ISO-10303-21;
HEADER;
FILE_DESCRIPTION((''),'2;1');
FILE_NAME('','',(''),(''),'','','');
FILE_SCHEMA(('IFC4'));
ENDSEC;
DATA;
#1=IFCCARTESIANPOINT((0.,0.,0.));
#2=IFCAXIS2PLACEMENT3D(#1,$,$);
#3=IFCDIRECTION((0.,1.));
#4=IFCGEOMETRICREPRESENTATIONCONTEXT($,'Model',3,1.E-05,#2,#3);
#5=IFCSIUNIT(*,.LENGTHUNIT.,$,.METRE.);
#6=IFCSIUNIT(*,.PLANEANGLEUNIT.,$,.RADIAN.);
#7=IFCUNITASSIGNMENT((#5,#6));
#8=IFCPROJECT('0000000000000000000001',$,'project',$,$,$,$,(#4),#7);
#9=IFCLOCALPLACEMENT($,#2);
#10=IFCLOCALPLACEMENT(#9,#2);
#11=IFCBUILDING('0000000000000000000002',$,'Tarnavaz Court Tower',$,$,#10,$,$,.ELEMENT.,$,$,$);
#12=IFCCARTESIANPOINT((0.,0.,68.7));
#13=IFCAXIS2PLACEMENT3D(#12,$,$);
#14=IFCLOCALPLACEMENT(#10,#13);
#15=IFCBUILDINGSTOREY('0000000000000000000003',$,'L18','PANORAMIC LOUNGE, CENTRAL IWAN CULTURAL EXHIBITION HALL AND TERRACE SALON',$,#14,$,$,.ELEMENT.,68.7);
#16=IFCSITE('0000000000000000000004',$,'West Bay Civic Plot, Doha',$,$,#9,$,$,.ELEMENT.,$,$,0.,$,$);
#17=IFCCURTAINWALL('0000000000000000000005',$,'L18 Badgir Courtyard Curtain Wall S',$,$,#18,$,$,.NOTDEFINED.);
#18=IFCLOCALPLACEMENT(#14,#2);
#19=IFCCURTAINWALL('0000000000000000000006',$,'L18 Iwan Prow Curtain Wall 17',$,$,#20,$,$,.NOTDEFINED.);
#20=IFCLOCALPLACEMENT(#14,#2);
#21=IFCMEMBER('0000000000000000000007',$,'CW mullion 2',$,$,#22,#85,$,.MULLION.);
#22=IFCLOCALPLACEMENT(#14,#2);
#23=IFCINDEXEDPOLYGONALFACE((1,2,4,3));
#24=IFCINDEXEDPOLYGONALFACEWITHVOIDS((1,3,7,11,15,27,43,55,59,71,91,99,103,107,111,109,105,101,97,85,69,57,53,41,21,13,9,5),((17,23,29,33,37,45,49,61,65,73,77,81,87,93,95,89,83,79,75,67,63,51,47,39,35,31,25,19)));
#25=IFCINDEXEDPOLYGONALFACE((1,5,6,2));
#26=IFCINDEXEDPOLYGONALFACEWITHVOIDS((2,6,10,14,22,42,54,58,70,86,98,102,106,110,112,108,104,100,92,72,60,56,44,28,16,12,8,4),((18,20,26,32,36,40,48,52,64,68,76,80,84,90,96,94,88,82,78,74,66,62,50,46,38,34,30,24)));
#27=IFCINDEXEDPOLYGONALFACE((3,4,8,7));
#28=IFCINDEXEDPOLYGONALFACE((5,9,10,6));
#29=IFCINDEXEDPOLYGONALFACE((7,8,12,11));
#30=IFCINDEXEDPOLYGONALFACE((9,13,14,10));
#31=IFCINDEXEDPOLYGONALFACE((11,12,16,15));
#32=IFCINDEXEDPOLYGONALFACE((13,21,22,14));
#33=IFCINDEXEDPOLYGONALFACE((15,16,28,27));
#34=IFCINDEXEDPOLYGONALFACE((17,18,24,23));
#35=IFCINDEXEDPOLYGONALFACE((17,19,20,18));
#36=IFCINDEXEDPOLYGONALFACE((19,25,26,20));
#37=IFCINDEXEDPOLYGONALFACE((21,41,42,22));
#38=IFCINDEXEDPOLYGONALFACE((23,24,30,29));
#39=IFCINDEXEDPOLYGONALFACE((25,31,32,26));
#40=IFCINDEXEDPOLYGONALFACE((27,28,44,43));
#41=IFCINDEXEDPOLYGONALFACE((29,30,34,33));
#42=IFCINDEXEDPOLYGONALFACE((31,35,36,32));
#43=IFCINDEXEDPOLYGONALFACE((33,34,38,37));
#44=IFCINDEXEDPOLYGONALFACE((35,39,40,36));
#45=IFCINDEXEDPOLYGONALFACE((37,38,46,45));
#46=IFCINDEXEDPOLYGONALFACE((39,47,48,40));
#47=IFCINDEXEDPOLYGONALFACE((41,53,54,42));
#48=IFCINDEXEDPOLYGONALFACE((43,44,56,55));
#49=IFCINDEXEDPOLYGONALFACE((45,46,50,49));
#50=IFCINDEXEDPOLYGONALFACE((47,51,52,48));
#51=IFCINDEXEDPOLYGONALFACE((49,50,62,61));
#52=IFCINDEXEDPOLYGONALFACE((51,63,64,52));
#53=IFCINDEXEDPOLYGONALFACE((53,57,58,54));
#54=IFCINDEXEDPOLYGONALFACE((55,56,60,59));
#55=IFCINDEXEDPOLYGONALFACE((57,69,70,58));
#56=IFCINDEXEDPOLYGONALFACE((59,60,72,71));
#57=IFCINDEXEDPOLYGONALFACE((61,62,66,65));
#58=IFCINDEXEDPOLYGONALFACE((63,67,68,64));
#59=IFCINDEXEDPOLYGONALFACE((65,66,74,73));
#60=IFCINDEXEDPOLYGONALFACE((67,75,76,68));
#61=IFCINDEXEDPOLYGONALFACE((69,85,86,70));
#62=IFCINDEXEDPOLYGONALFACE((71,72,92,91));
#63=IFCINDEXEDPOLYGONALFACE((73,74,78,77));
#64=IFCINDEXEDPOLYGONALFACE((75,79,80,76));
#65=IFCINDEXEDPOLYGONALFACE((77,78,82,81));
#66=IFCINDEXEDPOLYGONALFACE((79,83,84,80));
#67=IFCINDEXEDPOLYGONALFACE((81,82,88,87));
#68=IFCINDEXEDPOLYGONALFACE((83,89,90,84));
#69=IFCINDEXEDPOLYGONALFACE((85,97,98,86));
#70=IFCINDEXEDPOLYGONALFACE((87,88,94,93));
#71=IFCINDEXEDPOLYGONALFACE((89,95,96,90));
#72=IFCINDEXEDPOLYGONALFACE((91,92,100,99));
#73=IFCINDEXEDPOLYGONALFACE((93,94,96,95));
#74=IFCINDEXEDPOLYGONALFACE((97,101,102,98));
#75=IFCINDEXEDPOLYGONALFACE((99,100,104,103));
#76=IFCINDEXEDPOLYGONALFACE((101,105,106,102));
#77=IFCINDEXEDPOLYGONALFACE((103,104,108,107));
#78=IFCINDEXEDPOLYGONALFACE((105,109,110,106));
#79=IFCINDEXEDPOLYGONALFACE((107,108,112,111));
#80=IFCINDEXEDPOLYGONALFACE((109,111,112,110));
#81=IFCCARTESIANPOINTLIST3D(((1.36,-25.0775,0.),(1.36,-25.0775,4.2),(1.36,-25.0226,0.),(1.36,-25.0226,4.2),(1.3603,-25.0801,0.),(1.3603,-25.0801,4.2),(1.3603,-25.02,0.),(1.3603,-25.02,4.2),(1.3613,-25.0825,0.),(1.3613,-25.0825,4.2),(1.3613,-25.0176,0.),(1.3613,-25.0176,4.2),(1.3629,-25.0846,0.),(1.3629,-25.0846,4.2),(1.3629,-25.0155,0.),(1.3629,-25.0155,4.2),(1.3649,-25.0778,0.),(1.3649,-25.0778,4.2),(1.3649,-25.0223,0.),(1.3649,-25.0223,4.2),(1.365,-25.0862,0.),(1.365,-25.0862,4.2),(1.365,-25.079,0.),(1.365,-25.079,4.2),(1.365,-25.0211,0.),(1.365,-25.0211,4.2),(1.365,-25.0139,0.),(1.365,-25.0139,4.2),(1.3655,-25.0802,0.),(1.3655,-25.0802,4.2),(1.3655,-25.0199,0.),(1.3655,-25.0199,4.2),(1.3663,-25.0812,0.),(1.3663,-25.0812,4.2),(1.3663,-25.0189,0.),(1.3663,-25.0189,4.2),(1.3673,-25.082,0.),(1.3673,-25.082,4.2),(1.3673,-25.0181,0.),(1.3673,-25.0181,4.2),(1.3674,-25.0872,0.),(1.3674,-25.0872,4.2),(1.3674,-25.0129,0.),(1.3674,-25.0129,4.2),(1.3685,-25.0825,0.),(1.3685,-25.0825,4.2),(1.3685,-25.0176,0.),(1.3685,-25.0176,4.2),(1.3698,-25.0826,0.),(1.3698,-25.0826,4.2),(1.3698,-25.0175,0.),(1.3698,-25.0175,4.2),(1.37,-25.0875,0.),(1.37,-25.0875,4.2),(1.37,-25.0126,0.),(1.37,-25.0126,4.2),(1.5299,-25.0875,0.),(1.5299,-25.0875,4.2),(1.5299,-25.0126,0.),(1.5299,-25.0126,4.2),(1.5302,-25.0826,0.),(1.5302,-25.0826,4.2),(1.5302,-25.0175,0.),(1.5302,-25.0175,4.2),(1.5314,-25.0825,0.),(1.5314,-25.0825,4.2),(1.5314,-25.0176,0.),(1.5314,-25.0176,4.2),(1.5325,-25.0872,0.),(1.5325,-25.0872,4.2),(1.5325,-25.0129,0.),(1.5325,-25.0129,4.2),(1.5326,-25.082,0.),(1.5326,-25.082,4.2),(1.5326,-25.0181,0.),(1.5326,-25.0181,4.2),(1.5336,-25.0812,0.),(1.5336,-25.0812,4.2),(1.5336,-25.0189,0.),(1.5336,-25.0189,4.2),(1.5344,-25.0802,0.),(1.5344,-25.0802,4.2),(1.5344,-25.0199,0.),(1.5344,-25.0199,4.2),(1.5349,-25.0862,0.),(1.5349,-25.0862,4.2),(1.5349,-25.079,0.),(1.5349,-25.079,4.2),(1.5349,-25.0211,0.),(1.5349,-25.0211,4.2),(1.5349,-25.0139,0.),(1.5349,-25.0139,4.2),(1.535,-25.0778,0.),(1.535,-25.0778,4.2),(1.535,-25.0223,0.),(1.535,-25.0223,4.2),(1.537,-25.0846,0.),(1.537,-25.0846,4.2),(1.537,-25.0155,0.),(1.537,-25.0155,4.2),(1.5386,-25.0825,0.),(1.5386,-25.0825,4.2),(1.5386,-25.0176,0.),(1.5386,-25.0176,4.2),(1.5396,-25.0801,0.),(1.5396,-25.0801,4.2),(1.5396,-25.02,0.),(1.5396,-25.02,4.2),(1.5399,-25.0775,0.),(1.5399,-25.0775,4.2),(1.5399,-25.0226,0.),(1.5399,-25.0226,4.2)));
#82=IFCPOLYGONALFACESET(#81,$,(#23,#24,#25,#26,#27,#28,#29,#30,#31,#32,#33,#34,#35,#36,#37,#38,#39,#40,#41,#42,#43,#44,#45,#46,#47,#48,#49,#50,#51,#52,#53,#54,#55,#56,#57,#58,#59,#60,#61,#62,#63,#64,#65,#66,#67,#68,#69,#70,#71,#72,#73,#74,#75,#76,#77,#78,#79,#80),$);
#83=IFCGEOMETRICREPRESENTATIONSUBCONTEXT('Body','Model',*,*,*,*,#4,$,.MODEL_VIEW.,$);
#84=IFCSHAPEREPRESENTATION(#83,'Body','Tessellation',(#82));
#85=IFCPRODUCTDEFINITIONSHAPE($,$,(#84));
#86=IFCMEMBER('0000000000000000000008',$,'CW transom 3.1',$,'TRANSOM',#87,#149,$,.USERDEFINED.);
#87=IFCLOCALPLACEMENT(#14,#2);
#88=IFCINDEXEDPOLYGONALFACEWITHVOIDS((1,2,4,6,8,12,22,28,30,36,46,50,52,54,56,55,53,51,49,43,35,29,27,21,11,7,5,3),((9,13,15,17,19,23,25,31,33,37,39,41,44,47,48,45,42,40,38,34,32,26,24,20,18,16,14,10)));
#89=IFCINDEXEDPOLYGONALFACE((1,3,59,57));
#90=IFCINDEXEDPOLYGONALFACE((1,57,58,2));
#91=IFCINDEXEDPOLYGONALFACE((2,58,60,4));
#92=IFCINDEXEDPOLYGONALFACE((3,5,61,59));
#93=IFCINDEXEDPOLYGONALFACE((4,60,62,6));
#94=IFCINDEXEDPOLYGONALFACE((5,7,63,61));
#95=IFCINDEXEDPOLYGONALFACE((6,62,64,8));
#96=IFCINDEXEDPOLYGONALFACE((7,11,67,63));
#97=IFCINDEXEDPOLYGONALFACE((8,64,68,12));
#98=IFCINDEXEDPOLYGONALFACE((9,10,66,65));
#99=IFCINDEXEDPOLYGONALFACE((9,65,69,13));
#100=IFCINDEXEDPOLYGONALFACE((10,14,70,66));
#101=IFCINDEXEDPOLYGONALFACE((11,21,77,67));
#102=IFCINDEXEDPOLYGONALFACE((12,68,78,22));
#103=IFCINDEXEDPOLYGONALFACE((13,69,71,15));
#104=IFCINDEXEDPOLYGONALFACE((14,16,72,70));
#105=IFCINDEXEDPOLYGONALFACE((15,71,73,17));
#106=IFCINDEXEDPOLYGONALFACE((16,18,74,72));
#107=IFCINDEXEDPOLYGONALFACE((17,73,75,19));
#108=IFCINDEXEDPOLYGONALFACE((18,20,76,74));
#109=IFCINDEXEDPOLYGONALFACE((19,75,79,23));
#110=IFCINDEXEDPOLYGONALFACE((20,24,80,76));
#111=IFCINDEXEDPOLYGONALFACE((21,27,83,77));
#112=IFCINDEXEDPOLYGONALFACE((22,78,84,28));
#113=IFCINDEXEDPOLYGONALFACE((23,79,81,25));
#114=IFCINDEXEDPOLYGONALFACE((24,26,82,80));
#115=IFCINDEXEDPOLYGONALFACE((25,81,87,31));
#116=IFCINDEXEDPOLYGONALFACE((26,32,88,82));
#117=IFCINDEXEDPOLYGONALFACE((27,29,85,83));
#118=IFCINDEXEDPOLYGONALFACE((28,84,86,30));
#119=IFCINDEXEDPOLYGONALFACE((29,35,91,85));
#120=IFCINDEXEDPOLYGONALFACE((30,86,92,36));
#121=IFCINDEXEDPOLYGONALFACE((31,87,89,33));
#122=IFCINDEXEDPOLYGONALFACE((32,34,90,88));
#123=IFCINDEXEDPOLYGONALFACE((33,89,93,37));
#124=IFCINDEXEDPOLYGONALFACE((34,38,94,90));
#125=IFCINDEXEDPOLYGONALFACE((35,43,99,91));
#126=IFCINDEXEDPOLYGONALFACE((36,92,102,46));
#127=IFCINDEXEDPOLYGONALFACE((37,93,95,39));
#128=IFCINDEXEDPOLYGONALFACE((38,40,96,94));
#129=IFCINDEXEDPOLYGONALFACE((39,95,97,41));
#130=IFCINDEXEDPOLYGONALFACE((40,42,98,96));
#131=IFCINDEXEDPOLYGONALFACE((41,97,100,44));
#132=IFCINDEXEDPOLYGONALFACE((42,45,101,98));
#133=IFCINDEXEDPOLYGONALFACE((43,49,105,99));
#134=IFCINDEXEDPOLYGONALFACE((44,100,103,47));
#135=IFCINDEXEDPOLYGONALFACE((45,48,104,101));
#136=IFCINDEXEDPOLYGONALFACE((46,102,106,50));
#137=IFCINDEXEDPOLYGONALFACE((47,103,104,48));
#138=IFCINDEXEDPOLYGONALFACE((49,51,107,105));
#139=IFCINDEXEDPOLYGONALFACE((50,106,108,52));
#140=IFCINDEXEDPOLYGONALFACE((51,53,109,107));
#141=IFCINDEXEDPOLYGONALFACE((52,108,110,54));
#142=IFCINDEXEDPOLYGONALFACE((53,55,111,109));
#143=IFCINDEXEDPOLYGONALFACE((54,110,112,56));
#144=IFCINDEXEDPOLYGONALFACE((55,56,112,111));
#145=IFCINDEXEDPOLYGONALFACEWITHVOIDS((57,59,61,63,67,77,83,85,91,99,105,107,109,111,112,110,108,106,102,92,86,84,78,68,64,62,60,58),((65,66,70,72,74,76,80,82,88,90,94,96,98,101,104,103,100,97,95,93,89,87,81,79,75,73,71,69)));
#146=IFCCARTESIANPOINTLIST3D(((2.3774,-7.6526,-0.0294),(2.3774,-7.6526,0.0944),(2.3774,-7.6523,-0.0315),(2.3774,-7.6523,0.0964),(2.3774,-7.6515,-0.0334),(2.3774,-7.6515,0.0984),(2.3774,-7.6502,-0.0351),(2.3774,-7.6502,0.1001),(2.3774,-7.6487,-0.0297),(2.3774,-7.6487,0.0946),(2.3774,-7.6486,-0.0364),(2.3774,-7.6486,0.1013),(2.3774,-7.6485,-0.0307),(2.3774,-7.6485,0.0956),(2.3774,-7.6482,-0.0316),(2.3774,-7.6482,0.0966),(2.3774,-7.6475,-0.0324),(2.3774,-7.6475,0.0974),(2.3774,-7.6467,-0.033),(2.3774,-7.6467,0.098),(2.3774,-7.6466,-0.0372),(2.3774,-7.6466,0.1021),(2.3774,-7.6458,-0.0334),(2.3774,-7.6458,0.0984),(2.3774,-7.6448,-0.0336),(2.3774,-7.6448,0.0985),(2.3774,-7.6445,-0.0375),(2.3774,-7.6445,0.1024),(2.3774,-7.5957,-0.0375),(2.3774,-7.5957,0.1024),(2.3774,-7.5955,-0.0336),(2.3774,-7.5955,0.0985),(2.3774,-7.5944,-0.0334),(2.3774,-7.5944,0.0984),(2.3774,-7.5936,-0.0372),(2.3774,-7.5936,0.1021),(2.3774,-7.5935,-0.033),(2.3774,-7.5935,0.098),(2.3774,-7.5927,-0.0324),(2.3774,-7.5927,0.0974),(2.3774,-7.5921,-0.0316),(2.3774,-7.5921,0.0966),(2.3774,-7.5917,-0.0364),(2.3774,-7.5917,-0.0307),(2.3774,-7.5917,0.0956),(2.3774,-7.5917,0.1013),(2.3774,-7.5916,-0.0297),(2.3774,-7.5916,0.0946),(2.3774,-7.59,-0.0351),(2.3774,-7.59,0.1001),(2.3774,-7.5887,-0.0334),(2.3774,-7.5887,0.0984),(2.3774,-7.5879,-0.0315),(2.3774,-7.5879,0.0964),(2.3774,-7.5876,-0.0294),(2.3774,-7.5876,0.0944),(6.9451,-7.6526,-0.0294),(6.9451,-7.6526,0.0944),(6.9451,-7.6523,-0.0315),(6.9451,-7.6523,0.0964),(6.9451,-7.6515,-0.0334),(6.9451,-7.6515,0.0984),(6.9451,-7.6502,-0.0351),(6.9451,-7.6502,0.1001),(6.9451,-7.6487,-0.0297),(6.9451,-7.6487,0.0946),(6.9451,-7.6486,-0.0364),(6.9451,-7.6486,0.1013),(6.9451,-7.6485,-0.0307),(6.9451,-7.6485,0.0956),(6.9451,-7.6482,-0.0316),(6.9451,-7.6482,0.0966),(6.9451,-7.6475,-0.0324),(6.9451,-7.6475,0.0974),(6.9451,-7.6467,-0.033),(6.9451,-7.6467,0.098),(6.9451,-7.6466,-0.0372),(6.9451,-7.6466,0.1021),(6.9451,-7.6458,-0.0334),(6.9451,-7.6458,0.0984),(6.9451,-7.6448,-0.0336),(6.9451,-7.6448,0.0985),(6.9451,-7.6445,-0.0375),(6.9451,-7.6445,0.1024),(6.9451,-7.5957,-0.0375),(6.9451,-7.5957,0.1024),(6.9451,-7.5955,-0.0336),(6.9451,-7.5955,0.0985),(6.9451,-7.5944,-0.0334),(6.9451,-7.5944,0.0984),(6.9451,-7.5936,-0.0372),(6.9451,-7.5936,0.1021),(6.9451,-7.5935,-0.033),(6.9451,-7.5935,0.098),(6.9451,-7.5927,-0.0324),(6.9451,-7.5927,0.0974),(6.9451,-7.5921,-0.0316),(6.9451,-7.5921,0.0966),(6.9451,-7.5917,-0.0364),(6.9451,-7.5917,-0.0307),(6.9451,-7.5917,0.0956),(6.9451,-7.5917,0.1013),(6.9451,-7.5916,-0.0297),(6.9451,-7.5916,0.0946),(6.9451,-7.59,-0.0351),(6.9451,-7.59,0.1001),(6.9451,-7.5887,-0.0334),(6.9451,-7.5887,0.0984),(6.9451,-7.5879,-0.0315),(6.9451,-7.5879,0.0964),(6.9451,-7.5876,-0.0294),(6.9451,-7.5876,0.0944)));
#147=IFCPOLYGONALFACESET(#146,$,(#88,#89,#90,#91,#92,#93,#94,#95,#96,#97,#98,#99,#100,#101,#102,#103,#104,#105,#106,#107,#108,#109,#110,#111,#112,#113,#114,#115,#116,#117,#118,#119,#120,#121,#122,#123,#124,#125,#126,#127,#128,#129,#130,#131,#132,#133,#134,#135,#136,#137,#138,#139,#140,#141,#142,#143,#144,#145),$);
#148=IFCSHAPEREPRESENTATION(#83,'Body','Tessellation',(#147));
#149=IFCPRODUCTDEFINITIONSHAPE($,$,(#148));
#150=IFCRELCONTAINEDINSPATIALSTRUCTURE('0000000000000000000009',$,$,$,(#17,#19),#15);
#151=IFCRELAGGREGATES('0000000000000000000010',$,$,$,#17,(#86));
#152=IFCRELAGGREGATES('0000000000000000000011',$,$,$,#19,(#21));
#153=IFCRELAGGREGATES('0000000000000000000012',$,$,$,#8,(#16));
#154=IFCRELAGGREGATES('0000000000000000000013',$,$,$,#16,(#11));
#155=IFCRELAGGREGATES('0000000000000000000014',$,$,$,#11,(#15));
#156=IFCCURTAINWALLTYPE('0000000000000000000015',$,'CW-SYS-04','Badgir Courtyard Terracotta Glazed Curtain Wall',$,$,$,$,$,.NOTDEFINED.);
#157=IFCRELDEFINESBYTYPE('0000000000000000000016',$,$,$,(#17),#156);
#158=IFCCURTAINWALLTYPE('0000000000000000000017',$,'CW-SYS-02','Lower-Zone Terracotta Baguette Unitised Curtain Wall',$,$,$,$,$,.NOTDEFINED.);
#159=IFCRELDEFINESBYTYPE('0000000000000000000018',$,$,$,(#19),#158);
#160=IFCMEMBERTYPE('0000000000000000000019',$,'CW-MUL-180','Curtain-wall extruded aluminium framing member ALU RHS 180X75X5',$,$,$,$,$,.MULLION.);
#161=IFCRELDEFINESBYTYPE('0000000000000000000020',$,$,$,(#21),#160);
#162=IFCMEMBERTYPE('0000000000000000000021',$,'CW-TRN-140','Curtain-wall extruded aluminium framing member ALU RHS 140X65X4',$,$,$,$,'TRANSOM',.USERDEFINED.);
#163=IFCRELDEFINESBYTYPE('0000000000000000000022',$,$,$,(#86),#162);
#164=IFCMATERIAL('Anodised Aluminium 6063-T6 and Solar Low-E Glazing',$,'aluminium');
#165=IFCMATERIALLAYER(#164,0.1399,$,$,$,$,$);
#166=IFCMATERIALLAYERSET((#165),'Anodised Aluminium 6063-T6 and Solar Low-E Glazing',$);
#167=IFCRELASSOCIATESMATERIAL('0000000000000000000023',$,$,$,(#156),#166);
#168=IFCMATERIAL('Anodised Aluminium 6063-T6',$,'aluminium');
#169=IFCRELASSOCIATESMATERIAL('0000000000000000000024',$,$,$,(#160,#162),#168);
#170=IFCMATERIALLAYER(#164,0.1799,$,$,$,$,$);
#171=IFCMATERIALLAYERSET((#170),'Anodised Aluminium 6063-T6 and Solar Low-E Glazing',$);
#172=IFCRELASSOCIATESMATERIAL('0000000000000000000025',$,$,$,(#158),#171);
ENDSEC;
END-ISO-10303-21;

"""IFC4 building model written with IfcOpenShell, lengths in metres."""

from ifc_helpers import new_model, si_unit, direction, frame, origin, origin_2d, place, context, subcontext, project, spatial, hollow_rectangle, extrude, material, layer, layer_set, material_profile, profile_set, type_object, element, aggregate, save


model = new_model("IFC4")

# Units and contexts
model_context = context("Model", 3, precision=1e-05, world=origin(), true_north=direction((0.0, 1.0)))
body_context = subcontext(model_context, "Body", "Model", "MODEL_VIEW")
ifc_project = project(units=[si_unit("LENGTHUNIT", "METRE"), si_unit("PLANEANGLEUNIT", "RADIAN")], contexts=[model_context])

# Site, building, storey
site_placement = place(None, origin())
site = spatial("IfcSite", under=ifc_project, at=site_placement, Name="West Bay Civic Plot, Doha", CompositionType="ELEMENT", RefElevation=0.0)
building_placement = place(site_placement, origin())
building = spatial("IfcBuilding", under=site, at=building_placement, Name="Tarnavaz Court Tower", CompositionType="ELEMENT")
storey_placement = place(building_placement, frame((0.0, 0.0, 68.7)))
storey = spatial("IfcBuildingStorey", under=building, at=storey_placement, Name="L18", Description="PANORAMIC LOUNGE, CENTRAL IWAN CULTURAL EXHIBITION HALL AND TERRACE SALON", CompositionType="ELEMENT", Elevation=68.7)

# Curtain wall
ifc_material_1 = material(Name="Anodised Aluminium 6063-T6 and Solar Low-E Glazing", Category="aluminium")
ifc_layer_1 = layer(ifc_material_1, 0.1399)
ifc_layer_set_1 = layer_set([ifc_layer_1], Name="Anodised Aluminium 6063-T6 and Solar Low-E Glazing")
curtain_wall_type_1 = type_object("IfcCurtainWallType", Name="CW-SYS-04", Description="Badgir Courtyard Terracotta Glazed Curtain Wall", PredefinedType="NOTDEFINED", material=ifc_layer_set_1)
curtain_wall_1_placement = place(storey_placement, origin())
curtain_wall_1 = element("IfcCurtainWall", 1, at=curtain_wall_1_placement, inside=storey, type_object=curtain_wall_type_1, Name="L18 Badgir Courtyard Curtain Wall S", PredefinedType="NOTDEFINED")
ifc_material_2 = material(Name="Anodised Aluminium 6063-T6", Category="aluminium")
ifc_material_profile_1 = material_profile(ifc_material_2, hollow_rectangle(XDim=0.075, YDim=0.1799, WallThickness=0.0049, InnerFilletRadius=0.0049, OuterFilletRadius=0.01, at=origin_2d()), Name="ALU RHS 180X75X5")
ifc_profile_set_1 = profile_set([ifc_material_profile_1], Name="Anodised Aluminium 6063-T6")
member_type_1 = type_object("IfcMemberType", Name="CW-MUL-180", Description="Curtain-wall extruded aluminium framing member ALU RHS 180X75X5", PredefinedType="MULLION", material=ifc_profile_set_1)

# Curtain wall, member
ifc_layer_2 = layer(ifc_material_1, 0.1799)
ifc_layer_set_2 = layer_set([ifc_layer_2], Name="Anodised Aluminium 6063-T6 and Solar Low-E Glazing")
curtain_wall_type_2 = type_object("IfcCurtainWallType", Name="CW-SYS-02", Description="Lower-Zone Terracotta Baguette Unitised Curtain Wall", PredefinedType="NOTDEFINED", material=ifc_layer_set_2)
curtain_wall_2_placement = place(storey_placement, origin())
curtain_wall_2 = element("IfcCurtainWall", 2, at=curtain_wall_2_placement, inside=storey, type_object=curtain_wall_type_2, Name="L18 Iwan Prow Curtain Wall 17", PredefinedType="NOTDEFINED")
member_1_placement = place(storey_placement, frame((1.45, -25.05, 0.0), z_axis=(0.0, 0.0, 1.0), x_axis=(0.0, -1.0, 0.0)))
member_1 = element("IfcMember", 3, at=member_1_placement, type_object=member_type_1, Name="CW mullion 2", PredefinedType="MULLION", context=body_context, shape_type="SweptSolid", body=[
    extrude(hollow_rectangle(XDim=0.075, YDim=0.1799, WallThickness=0.0049, InnerFilletRadius=0.0049, OuterFilletRadius=0.01, at=origin_2d()), origin(), (0.0, 0.0, 1.0), 4.2),
])

# Member
ifc_material_profile_2 = material_profile(ifc_material_2, hollow_rectangle(XDim=0.0649, YDim=0.1399, WallThickness=0.0039, InnerFilletRadius=0.0039, OuterFilletRadius=0.0081, at=origin_2d()), Name="ALU RHS 140X65X4")
ifc_profile_set_2 = profile_set([ifc_material_profile_2], Name="Anodised Aluminium 6063-T6")
member_type_2 = type_object("IfcMemberType", Name="CW-TRN-140", Description="Curtain-wall extruded aluminium framing member ALU RHS 140X65X4", ElementType="TRANSOM", PredefinedType="USERDEFINED", material=ifc_profile_set_2)
member_2_placement = place(storey_placement, frame((2.3774, -7.6201, 0.0325), z_axis=(1.0, 0.0, 0.0), x_axis=(0.0, 1.0, 0.0)))
member_2 = element("IfcMember", 4, at=member_2_placement, type_object=member_type_2, Name="CW transom 3.1", ObjectType="TRANSOM", PredefinedType="USERDEFINED", context=body_context, shape_type="SweptSolid", body=[
    extrude(hollow_rectangle(XDim=0.0649, YDim=0.1399, WallThickness=0.0039, InnerFilletRadius=0.0039, OuterFilletRadius=0.0081, at=origin_2d()), origin(), (0.0, 0.0, 1.0), 4.5676),
])

aggregate(curtain_wall_1, [member_2])
aggregate(curtain_wall_2, [member_1])

save(model, "model.ifc")
